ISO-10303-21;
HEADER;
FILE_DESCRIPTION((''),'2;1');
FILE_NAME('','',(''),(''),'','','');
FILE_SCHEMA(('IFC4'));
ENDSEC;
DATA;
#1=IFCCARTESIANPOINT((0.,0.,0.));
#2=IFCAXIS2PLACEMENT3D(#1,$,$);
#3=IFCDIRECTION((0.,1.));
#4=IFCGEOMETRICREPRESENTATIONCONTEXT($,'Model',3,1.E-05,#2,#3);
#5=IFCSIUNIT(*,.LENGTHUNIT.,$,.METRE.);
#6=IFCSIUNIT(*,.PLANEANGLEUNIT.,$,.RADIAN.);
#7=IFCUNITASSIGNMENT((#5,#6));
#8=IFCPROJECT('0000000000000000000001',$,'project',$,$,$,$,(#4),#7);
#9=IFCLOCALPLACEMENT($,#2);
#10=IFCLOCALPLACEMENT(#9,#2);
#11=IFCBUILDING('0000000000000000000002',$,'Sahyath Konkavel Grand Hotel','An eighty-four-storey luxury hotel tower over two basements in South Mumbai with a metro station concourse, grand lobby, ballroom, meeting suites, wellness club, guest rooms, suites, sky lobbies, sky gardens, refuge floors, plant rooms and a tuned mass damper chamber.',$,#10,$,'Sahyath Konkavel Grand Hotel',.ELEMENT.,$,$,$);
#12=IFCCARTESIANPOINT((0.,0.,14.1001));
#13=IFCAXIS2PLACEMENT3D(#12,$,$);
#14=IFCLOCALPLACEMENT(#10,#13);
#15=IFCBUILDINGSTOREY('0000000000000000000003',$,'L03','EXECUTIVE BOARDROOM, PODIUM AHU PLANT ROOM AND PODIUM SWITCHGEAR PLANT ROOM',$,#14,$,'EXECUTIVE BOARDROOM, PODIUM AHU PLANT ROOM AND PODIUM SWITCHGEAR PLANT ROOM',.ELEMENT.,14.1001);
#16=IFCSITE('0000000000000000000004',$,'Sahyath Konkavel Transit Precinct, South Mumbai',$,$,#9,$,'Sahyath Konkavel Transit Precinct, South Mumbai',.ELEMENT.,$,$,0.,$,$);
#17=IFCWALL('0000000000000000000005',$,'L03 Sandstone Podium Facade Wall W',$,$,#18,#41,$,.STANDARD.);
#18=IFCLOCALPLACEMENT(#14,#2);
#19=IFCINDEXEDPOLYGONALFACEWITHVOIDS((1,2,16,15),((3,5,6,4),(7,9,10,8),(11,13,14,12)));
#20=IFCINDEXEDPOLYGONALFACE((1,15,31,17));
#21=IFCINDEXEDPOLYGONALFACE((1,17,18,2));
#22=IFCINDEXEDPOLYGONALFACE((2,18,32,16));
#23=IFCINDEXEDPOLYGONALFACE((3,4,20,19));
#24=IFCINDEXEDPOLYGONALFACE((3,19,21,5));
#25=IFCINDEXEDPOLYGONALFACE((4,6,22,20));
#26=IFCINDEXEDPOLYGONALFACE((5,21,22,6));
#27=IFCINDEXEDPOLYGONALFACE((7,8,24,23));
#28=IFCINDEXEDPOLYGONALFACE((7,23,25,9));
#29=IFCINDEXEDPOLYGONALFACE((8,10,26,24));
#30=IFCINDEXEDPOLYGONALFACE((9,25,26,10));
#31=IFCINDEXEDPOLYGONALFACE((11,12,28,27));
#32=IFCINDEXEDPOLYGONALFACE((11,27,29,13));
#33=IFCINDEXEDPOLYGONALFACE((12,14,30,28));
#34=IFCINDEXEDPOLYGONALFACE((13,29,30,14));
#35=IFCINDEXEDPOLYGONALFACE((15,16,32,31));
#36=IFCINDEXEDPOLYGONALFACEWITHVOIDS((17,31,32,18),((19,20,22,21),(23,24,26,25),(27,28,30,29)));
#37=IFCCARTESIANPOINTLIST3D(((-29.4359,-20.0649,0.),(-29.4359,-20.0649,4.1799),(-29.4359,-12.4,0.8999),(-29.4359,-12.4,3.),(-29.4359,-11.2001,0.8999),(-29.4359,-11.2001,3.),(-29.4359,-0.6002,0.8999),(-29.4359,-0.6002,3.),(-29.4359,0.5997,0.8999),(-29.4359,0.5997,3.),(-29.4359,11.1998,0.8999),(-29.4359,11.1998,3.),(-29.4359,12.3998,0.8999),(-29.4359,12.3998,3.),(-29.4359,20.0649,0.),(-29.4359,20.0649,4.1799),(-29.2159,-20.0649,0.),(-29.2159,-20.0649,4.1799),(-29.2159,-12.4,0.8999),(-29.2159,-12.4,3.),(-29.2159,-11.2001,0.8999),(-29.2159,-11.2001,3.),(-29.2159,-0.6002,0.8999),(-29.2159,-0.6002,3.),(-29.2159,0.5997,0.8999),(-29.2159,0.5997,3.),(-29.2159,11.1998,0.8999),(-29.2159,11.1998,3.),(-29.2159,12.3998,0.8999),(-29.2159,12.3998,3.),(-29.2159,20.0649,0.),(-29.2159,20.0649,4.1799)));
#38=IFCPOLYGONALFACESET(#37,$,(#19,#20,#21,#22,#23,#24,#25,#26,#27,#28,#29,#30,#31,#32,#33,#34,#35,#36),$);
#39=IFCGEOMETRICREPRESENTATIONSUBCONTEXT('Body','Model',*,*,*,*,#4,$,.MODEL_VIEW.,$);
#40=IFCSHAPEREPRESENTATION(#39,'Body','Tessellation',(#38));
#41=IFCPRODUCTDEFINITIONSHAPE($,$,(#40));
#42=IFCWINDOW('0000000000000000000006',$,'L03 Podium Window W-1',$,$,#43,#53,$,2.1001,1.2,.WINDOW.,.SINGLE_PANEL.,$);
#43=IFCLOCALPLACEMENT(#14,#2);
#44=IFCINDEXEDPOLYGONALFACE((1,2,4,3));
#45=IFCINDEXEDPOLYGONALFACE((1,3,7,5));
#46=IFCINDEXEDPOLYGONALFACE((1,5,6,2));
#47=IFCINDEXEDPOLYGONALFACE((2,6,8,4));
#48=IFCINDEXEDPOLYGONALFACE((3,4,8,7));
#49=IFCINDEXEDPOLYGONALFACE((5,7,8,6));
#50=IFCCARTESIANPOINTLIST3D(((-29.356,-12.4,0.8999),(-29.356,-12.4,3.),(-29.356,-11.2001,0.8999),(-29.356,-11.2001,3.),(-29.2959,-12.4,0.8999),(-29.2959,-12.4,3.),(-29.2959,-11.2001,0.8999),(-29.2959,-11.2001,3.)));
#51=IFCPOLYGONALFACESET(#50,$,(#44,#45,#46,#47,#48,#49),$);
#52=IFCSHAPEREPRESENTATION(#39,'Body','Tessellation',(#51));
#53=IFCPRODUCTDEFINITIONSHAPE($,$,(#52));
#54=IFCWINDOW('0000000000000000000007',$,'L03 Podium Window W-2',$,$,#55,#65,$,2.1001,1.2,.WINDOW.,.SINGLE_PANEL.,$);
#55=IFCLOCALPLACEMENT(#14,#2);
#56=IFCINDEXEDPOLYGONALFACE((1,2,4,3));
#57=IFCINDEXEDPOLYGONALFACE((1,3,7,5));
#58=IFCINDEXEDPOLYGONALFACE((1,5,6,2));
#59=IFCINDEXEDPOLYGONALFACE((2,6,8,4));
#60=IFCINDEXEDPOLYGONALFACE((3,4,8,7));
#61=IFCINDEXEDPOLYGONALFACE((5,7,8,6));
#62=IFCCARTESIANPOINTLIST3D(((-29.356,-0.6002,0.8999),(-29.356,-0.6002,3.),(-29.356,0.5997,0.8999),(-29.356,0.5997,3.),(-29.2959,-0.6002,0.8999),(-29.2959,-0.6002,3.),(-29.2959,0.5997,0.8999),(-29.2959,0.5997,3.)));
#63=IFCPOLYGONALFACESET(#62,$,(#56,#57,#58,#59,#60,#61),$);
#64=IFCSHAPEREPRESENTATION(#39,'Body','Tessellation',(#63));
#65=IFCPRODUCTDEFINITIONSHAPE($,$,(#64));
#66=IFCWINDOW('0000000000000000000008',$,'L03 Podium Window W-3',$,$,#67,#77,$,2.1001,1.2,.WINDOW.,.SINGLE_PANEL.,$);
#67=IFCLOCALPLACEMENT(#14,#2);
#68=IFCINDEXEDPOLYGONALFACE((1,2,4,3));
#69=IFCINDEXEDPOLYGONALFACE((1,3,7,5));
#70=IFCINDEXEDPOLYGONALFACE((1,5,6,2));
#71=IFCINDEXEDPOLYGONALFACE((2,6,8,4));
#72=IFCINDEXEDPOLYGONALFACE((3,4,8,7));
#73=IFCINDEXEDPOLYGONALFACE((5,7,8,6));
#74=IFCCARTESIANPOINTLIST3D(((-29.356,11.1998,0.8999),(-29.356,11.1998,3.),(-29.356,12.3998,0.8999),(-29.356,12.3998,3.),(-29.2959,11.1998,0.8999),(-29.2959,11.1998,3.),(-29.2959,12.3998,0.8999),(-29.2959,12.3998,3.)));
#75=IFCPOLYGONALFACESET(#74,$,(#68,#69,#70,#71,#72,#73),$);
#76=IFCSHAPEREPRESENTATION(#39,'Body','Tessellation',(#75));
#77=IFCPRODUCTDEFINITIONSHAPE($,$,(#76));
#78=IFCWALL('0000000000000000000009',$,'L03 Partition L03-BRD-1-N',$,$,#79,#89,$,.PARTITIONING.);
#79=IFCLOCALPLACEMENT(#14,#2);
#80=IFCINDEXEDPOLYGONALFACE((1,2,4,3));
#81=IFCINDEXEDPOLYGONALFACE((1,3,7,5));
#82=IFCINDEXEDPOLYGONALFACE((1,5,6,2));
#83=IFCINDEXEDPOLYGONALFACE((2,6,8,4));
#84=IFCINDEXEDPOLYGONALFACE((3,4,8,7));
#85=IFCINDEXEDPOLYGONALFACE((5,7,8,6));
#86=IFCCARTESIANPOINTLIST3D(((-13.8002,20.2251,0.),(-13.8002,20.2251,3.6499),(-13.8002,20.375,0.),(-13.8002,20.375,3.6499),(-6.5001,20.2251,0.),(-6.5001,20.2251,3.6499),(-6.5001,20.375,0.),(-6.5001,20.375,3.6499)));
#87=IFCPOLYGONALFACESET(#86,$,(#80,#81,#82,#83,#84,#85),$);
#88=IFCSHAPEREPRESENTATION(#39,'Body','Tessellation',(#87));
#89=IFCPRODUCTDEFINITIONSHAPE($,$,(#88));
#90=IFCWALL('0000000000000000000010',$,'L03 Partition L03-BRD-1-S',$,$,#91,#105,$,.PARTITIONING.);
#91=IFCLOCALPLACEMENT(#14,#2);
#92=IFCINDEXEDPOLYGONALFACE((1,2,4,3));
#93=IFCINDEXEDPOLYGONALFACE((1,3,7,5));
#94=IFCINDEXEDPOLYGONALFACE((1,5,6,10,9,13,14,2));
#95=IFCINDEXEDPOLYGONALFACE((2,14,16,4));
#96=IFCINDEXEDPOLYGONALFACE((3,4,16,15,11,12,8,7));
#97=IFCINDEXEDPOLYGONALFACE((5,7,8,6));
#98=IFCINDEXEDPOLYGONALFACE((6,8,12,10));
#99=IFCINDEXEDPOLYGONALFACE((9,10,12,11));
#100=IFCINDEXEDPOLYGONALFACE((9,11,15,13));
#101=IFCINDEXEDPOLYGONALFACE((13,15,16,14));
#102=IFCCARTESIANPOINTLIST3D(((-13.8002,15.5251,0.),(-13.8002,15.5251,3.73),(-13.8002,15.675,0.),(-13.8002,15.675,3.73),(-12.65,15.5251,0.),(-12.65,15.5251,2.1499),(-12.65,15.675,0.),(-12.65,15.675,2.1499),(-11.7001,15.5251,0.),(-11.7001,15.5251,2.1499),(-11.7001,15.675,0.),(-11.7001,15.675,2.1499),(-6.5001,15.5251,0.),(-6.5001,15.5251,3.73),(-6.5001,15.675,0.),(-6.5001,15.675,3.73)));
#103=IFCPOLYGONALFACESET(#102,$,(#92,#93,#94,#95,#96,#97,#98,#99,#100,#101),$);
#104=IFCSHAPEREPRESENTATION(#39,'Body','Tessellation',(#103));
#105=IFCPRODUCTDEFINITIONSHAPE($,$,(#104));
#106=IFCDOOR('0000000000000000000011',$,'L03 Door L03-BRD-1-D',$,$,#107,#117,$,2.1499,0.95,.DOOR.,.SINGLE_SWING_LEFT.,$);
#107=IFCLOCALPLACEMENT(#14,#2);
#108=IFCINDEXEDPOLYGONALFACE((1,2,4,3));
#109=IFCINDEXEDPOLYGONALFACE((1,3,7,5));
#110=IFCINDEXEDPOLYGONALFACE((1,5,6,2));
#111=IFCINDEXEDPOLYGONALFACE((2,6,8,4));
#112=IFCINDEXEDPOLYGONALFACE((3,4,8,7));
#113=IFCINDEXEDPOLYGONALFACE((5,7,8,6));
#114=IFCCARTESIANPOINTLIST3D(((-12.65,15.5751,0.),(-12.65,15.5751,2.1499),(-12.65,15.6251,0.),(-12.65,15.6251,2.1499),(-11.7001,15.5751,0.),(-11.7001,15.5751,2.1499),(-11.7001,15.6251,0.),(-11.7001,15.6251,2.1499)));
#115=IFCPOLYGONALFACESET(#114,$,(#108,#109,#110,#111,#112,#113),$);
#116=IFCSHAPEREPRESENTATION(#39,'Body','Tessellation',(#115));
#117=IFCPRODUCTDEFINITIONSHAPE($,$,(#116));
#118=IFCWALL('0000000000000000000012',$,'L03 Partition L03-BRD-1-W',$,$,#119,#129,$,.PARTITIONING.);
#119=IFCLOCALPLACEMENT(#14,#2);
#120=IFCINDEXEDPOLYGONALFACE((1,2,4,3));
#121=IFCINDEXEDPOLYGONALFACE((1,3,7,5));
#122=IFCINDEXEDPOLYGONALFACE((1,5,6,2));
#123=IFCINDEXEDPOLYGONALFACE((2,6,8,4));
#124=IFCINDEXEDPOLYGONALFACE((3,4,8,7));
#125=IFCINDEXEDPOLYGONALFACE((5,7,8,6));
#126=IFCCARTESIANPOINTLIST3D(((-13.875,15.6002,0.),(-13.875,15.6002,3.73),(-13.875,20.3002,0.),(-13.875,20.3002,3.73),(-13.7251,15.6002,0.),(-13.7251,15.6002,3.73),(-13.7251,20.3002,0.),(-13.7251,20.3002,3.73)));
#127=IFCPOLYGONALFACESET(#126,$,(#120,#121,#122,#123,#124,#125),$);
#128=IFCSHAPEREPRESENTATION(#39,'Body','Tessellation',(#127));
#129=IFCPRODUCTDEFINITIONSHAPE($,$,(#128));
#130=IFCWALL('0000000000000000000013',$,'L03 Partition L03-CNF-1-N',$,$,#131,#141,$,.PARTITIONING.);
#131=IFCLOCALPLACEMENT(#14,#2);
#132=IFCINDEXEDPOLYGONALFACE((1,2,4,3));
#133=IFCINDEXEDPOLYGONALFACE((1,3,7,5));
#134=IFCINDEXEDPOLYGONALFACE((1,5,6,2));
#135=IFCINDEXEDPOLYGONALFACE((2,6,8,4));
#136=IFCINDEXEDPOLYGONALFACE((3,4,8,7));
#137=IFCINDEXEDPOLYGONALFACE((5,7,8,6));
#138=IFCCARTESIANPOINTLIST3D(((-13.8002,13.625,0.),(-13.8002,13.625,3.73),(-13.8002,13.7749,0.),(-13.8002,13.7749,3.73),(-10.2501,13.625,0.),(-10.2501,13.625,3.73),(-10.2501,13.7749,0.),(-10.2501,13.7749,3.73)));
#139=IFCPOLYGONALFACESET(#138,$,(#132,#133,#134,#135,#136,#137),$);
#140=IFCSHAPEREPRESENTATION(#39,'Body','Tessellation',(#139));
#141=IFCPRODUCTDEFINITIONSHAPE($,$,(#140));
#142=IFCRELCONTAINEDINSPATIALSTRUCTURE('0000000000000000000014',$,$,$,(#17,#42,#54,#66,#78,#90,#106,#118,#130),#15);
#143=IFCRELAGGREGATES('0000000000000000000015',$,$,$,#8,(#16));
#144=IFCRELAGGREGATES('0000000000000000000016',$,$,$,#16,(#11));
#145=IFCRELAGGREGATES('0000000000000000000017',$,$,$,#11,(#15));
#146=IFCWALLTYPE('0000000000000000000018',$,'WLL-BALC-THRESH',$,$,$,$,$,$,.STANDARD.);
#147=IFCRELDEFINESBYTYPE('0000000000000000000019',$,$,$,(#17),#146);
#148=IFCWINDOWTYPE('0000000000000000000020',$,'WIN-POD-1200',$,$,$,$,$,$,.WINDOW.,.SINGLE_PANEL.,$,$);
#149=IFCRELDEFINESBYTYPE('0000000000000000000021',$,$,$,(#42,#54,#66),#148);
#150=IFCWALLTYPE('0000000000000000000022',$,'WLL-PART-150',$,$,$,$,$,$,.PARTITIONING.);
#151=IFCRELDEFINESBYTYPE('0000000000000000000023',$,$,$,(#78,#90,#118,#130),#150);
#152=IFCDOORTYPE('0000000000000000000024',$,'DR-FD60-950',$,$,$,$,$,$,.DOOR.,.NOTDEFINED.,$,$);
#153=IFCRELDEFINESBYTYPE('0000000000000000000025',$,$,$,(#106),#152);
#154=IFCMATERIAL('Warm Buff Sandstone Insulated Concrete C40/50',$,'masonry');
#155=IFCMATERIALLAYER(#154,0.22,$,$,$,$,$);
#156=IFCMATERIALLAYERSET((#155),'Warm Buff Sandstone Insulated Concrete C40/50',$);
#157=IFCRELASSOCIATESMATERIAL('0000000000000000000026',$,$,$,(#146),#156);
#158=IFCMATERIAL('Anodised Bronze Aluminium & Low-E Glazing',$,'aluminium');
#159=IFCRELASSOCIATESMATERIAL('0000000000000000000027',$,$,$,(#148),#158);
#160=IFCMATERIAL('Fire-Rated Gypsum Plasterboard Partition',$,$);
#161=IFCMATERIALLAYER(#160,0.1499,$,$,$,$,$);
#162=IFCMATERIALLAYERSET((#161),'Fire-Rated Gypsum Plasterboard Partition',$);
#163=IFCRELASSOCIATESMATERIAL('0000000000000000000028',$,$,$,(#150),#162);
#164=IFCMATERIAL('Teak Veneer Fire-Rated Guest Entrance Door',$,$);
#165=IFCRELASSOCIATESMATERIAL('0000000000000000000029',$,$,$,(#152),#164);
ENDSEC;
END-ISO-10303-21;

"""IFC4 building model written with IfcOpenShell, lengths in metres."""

from ifc_helpers import new_model, si_unit, direction, frame, frame_2d, origin, origin_2d, place, context, subcontext, project, spatial, rectangle, extrude, source, transform, mapped, material, layer, layer_set, type_object, element, fill, save


model = new_model("IFC4")

# Units and contexts
model_context = context("Model", 3, precision=1e-05, world=origin(), true_north=direction((0.0, 1.0)))
body_context = subcontext(model_context, "Body", "Model", "MODEL_VIEW")
ifc_project = project(units=[si_unit("LENGTHUNIT", "METRE"), si_unit("PLANEANGLEUNIT", "RADIAN")], contexts=[model_context])

# Site, building, storey
site_placement = place(None, origin())
site = spatial("IfcSite", under=ifc_project, at=site_placement, Name="Sahyath Konkavel Transit Precinct, South Mumbai", LongName="Sahyath Konkavel Transit Precinct, South Mumbai", CompositionType="ELEMENT", RefElevation=0.0)
building_placement = place(site_placement, origin())
building = spatial("IfcBuilding", under=site, at=building_placement, Name="Sahyath Konkavel Grand Hotel", Description="An eighty-four-storey luxury hotel tower over two basements in South Mumbai with a metro station concourse, grand lobby, ballroom, meeting suites, wellness club, guest rooms, suites, sky lobbies, sky gardens, refuge floors, plant rooms and a tuned mass damper chamber.", LongName="Sahyath Konkavel Grand Hotel", CompositionType="ELEMENT")
storey_placement = place(building_placement, frame((0.0, 0.0, 14.1001)))
storey = spatial("IfcBuildingStorey", under=building, at=storey_placement, Name="L03", Description="EXECUTIVE BOARDROOM, PODIUM AHU PLANT ROOM AND PODIUM SWITCHGEAR PLANT ROOM", LongName="EXECUTIVE BOARDROOM, PODIUM AHU PLANT ROOM AND PODIUM SWITCHGEAR PLANT ROOM", CompositionType="ELEMENT", Elevation=14.1001)

# Shared definitions
ifc_material_1 = material(Name="Anodised Bronze Aluminium & Low-E Glazing", Category="aluminium")

# Shared definitions
ifc_material_2 = material(Name="Warm Buff Sandstone Insulated Concrete C40/50", Category="masonry")
ifc_layer_1 = layer(ifc_material_2, 0.22)
ifc_layer_set_1 = layer_set([ifc_layer_1], Name="Warm Buff Sandstone Insulated Concrete C40/50")
wall_type_1 = type_object("IfcWallType", Name="WLL-BALC-THRESH", PredefinedType="STANDARD", material=ifc_layer_set_1)

# Wall, openings, windows
wall_1_placement = place(storey_placement, frame((-29.3259, 20.0649, 0.0), z_axis=(0.0, 0.0, 1.0), x_axis=(0.0, -1.0, 0.0)))
wall_1 = element("IfcWall", 1, at=wall_1_placement, inside=storey, type_object=wall_type_1, Name="L03 Sandstone Podium Facade Wall W", PredefinedType="STANDARD", context=body_context, shape_type="SweptSolid", body=[
    extrude(rectangle(XDim=40.1299, YDim=0.22, at=frame_2d((20.0649, 0.0))), origin(), (0.0, 0.0, 1.0), 4.1799),
])
opening_1_placement = place(wall_1_placement, frame((31.2649, 0.0, 0.8999)))
opening_1 = element("IfcOpeningElement", 2, at=opening_1_placement, cuts=wall_1, PredefinedType="OPENING", context=body_context, shape_type="SweptSolid", body=[
    extrude(rectangle(XDim=1.2, YDim=2.1001, at=frame_2d((0.6001, 1.05))), frame((0.0, 0.1201, 0.0), z_axis=(0.0, -1.0, 0.0), x_axis=(1.0, 0.0, 0.0)), (0.0, 0.0, 1.0), 0.24),
])
opening_2_placement = place(wall_1_placement, frame((19.4651, 0.0, 0.8999)))
opening_2 = element("IfcOpeningElement", 3, at=opening_2_placement, cuts=wall_1, PredefinedType="OPENING", context=body_context, shape_type="SweptSolid", body=[
    extrude(rectangle(XDim=1.2, YDim=2.1001, at=frame_2d((0.6001, 1.05))), frame((0.0, 0.1201, 0.0), z_axis=(0.0, -1.0, 0.0), x_axis=(1.0, 0.0, 0.0)), (0.0, 0.0, 1.0), 0.24),
])
opening_3_placement = place(wall_1_placement, frame((7.665, 0.0, 0.8999)))
opening_3 = element("IfcOpeningElement", 4, at=opening_3_placement, cuts=wall_1, PredefinedType="OPENING", context=body_context, shape_type="SweptSolid", body=[
    extrude(rectangle(XDim=1.2, YDim=2.1001, at=frame_2d((0.6001, 1.05))), frame((0.0, 0.1201, 0.0), z_axis=(0.0, -1.0, 0.0), x_axis=(1.0, 0.0, 0.0)), (0.0, 0.0, 1.0), 0.24),
])
window_type = type_object("IfcWindowType", Name="WIN-POD-1200", PartitioningType="SINGLE_PANEL", PredefinedType="WINDOW", material=ifc_material_1)
shared_shape_1 = source(origin(), body_context, "Body", "SweptSolid", [
    extrude(rectangle(XDim=1.2, YDim=0.0601, at=origin_2d()), origin(), (0.0, 0.0, 1.0), 2.1001),
])
window_1_placement = place(opening_1_placement, frame((0.6001, 0.0, 0.0)))
window_1 = element("IfcWindow", 5, at=window_1_placement, inside=storey, type_object=window_type, Name="L03 Podium Window W-1", OverallHeight=2.1001, OverallWidth=1.2, PartitioningType="SINGLE_PANEL", PredefinedType="WINDOW", context=body_context, shape_type="MappedRepresentation", body=[
    mapped(shared_shape_1, transform((0.0, 0.0, 0.0), scale=1.0)),
])
fill(opening_1, window_1)
window_2_placement = place(opening_2_placement, frame((0.6001, 0.0, 0.0)))
window_2 = element("IfcWindow", 6, at=window_2_placement, inside=storey, type_object=window_type, Name="L03 Podium Window W-2", OverallHeight=2.1001, OverallWidth=1.2, PartitioningType="SINGLE_PANEL", PredefinedType="WINDOW", context=body_context, shape_type="MappedRepresentation", body=[
    mapped(shared_shape_1, transform((0.0, 0.0, 0.0), scale=1.0)),
])
fill(opening_2, window_2)
window_3_placement = place(opening_3_placement, frame((0.6001, 0.0, 0.0)))
window_3 = element("IfcWindow", 7, at=window_3_placement, inside=storey, type_object=window_type, Name="L03 Podium Window W-3", OverallHeight=2.1001, OverallWidth=1.2, PartitioningType="SINGLE_PANEL", PredefinedType="WINDOW", context=body_context, shape_type="MappedRepresentation", body=[
    mapped(shared_shape_1, transform((0.0, 0.0, 0.0), scale=1.0)),
])
fill(opening_3, window_3)

# Wall
ifc_material_3 = material(Name="Fire-Rated Gypsum Plasterboard Partition")
ifc_layer_2 = layer(ifc_material_3, 0.1499)
ifc_layer_set_2 = layer_set([ifc_layer_2], Name="Fire-Rated Gypsum Plasterboard Partition")
wall_type_2 = type_object("IfcWallType", Name="WLL-PART-150", PredefinedType="PARTITIONING", material=ifc_layer_set_2)
wall_2_placement = place(storey_placement, frame((-13.8, 20.3, 0.0), z_axis=(0.0, 0.0, 1.0), x_axis=(1.0, 0.0, 0.0)))
element("IfcWall", 8, at=wall_2_placement, inside=storey, type_object=wall_type_2, Name="L03 Partition L03-BRD-1-N", PredefinedType="PARTITIONING", context=body_context, shape_type="SweptSolid", body=[
    extrude(rectangle(XDim=7.3, YDim=0.1499, at=frame_2d((3.6499, 0.0))), origin(), (0.0, 0.0, 1.0), 3.6499),
])

# Wall, opening, door
wall_3_placement = place(storey_placement, frame((-13.8, 15.6001, 0.0), z_axis=(0.0, 0.0, 1.0), x_axis=(1.0, 0.0, 0.0)))
wall_3 = element("IfcWall", 9, at=wall_3_placement, inside=storey, type_object=wall_type_2, Name="L03 Partition L03-BRD-1-S", PredefinedType="PARTITIONING", context=body_context, shape_type="SweptSolid", body=[
    extrude(rectangle(XDim=7.3, YDim=0.1499, at=frame_2d((3.6499, 0.0))), origin(), (0.0, 0.0, 1.0), 3.73),
])
opening_4_placement = place(wall_3_placement, frame((1.1499, 0.0, 0.0)))
opening_4 = element("IfcOpeningElement", 10, at=opening_4_placement, cuts=wall_3, PredefinedType="OPENING", context=body_context, shape_type="SweptSolid", body=[
    extrude(rectangle(XDim=0.95, YDim=2.1499, at=frame_2d((0.4751, 1.075))), frame((0.0, 0.085, 0.0), z_axis=(0.0, -1.0, 0.0), x_axis=(1.0, 0.0, 0.0)), (0.0, 0.0, 1.0), 0.1699),
])
ifc_material_4 = material(Name="Teak Veneer Fire-Rated Guest Entrance Door")
door_type = type_object("IfcDoorType", Name="DR-FD60-950", OperationType="NOTDEFINED", PredefinedType="DOOR", material=ifc_material_4)
shared_shape_2 = source(origin(), body_context, "Body", "SweptSolid", [
    extrude(rectangle(XDim=0.95, YDim=0.05, at=origin_2d()), origin(), (0.0, 0.0, 1.0), 2.1499),
])
door_placement = place(opening_4_placement, frame((0.4751, 0.0, 0.0)))
door = element("IfcDoor", 11, at=door_placement, inside=storey, type_object=door_type, Name="L03 Door L03-BRD-1-D", OperationType="SINGLE_SWING_LEFT", OverallHeight=2.1499, OverallWidth=0.95, PredefinedType="DOOR", context=body_context, shape_type="MappedRepresentation", body=[
    mapped(shared_shape_2, transform((0.0, 0.0, 0.0), scale=1.0)),
])
fill(opening_4, door)

# Walls
wall_4_placement = place(storey_placement, frame((-13.8, 15.6001, 0.0), z_axis=(0.0, 0.0, 1.0), x_axis=(0.0, 1.0, 0.0)))
element("IfcWall", 12, at=wall_4_placement, inside=storey, type_object=wall_type_2, Name="L03 Partition L03-BRD-1-W", PredefinedType="PARTITIONING", context=body_context, shape_type="SweptSolid", body=[
    extrude(rectangle(XDim=4.7, YDim=0.1499, at=frame_2d((2.3501, 0.0))), origin(), (0.0, 0.0, 1.0), 3.73),
])
wall_5_placement = place(storey_placement, frame((-13.8, 13.7, 0.0), z_axis=(0.0, 0.0, 1.0), x_axis=(1.0, 0.0, 0.0)))
element("IfcWall", 13, at=wall_5_placement, inside=storey, type_object=wall_type_2, Name="L03 Partition L03-CNF-1-N", PredefinedType="PARTITIONING", context=body_context, shape_type="SweptSolid", body=[
    extrude(rectangle(XDim=3.55, YDim=0.1499, at=frame_2d((1.7749, 0.0))), origin(), (0.0, 0.0, 1.0), 3.73),
])

save(model, "model.ifc")
